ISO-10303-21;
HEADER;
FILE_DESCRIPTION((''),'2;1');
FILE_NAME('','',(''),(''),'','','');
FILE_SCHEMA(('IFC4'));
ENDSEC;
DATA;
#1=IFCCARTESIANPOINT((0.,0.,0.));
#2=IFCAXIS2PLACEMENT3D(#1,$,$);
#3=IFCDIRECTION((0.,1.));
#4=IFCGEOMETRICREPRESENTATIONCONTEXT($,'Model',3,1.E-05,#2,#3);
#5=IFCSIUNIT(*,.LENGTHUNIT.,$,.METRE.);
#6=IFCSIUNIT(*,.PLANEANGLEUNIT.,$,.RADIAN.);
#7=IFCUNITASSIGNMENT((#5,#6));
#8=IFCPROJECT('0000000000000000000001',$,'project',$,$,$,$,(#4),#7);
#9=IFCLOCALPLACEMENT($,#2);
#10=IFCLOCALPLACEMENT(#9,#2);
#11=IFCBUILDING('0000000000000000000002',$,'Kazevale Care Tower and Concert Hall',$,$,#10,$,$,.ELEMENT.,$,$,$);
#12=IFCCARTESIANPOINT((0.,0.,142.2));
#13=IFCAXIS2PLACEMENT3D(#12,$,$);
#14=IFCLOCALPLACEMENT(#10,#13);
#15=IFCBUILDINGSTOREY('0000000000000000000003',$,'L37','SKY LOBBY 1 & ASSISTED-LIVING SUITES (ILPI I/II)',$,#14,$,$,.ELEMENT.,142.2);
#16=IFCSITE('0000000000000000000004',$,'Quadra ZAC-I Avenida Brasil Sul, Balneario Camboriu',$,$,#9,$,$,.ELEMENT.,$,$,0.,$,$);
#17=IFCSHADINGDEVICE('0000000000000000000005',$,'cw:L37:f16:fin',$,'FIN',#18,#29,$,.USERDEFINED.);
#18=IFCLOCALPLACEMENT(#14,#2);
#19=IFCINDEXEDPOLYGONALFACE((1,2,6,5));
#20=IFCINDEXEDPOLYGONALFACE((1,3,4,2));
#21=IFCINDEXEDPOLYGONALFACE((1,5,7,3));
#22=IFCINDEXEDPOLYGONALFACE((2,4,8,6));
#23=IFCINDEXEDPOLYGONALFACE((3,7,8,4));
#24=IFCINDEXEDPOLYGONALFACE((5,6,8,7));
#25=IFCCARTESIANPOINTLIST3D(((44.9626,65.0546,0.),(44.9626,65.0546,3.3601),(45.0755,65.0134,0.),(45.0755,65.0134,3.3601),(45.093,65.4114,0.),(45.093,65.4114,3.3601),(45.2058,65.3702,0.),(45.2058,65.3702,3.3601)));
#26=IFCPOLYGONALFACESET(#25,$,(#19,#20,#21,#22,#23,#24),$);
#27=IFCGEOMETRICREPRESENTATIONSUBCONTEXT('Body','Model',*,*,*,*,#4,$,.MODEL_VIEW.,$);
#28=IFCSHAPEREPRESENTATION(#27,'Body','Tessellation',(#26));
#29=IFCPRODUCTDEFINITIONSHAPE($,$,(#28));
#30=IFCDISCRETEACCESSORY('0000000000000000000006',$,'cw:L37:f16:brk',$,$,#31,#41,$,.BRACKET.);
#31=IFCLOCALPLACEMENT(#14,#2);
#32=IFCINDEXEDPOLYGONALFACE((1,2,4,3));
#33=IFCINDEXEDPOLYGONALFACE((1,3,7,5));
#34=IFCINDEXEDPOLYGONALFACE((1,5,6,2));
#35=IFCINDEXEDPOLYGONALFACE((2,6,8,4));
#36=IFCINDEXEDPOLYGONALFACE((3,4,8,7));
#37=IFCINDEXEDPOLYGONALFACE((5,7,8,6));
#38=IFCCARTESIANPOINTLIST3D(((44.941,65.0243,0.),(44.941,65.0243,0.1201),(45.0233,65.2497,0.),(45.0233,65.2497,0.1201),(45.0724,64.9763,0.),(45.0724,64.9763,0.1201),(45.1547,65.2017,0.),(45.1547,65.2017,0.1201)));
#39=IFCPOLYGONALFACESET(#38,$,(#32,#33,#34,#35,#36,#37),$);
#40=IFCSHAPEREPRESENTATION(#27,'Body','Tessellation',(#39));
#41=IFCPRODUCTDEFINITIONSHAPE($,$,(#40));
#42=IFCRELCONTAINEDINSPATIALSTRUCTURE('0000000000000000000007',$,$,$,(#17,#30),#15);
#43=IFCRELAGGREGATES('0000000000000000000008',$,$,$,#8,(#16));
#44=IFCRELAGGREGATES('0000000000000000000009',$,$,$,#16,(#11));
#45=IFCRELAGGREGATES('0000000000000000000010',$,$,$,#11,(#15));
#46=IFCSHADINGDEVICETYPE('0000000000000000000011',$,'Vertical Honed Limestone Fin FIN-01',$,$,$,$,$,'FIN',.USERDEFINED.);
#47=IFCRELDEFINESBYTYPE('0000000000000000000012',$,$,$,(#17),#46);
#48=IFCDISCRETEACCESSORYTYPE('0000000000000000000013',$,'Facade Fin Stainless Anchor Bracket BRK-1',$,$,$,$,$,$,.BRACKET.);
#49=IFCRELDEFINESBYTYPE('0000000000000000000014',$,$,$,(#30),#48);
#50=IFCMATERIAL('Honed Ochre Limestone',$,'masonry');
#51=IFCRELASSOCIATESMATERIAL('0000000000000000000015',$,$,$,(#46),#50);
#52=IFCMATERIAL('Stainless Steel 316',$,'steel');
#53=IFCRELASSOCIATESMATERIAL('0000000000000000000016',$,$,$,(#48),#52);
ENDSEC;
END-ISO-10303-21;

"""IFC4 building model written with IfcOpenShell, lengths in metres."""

from ifc_helpers import new_model, si_unit, direction, frame, origin, origin_2d, place, context, subcontext, project, spatial, rectangle, extrude, material, type_object, element, save


model = new_model("IFC4")

# Units and contexts
model_context = context("Model", 3, precision=1e-05, world=origin(), true_north=direction((0.0, 1.0)))
body_context = subcontext(model_context, "Body", "Model", "MODEL_VIEW")
ifc_project = project(units=[si_unit("LENGTHUNIT", "METRE"), si_unit("PLANEANGLEUNIT", "RADIAN")], contexts=[model_context])

# Site, building, storey
site_placement = place(None, origin())
site = spatial("IfcSite", under=ifc_project, at=site_placement, Name="Quadra ZAC-I Avenida Brasil Sul, Balneario Camboriu", CompositionType="ELEMENT", RefElevation=0.0)
building_placement = place(site_placement, origin())
building = spatial("IfcBuilding", under=site, at=building_placement, Name="Kazevale Care Tower and Concert Hall", CompositionType="ELEMENT")
storey_placement = place(building_placement, frame((0.0, 0.0, 142.2)))
storey = spatial("IfcBuildingStorey", under=building, at=storey_placement, Name="L37", Description="SKY LOBBY 1 & ASSISTED-LIVING SUITES (ILPI I/II)", CompositionType="ELEMENT", Elevation=142.2)

# Shading device
ifc_material_1 = material(Name="Honed Ochre Limestone", Category="masonry")
shading_device_type = type_object("IfcShadingDeviceType", Name="Vertical Honed Limestone Fin FIN-01", ElementType="FIN", PredefinedType="USERDEFINED", material=ifc_material_1)
shading_device_placement = place(storey_placement, frame((45.0842, 65.2124, 0.0), z_axis=(0.0, 0.0, 1.0), x_axis=(0.343168, 0.939274, 0.0)))
element("IfcShadingDevice", 1, at=shading_device_placement, inside=storey, type_object=shading_device_type, Name="cw:L37:f16:fin", ObjectType="FIN", PredefinedType="USERDEFINED", context=body_context, shape_type="SweptSolid", body=[
    extrude(rectangle(XDim=0.3799, YDim=0.1201, at=origin_2d()), origin(), (0.0, 0.0, 1.0), 3.3601),
])

# Discrete accessory
ifc_material_2 = material(Name="Stainless Steel 316", Category="steel")
discrete_accessory_type = type_object("IfcDiscreteAccessoryType", Name="Facade Fin Stainless Anchor Bracket BRK-1", PredefinedType="BRACKET", material=ifc_material_2)
discrete_accessory_placement = place(storey_placement, frame((45.0479, 65.113, 0.0), z_axis=(0.0, 0.0, 1.0), x_axis=(0.343168, 0.939274, 0.0)))
element("IfcDiscreteAccessory", 2, at=discrete_accessory_placement, inside=storey, type_object=discrete_accessory_type, Name="cw:L37:f16:brk", PredefinedType="BRACKET", context=body_context, shape_type="SweptSolid", body=[
    extrude(rectangle(XDim=0.24, YDim=0.1399, at=origin_2d()), origin(), (0.0, 0.0, 1.0), 0.1201),
])

save(model, "model.ifc")
